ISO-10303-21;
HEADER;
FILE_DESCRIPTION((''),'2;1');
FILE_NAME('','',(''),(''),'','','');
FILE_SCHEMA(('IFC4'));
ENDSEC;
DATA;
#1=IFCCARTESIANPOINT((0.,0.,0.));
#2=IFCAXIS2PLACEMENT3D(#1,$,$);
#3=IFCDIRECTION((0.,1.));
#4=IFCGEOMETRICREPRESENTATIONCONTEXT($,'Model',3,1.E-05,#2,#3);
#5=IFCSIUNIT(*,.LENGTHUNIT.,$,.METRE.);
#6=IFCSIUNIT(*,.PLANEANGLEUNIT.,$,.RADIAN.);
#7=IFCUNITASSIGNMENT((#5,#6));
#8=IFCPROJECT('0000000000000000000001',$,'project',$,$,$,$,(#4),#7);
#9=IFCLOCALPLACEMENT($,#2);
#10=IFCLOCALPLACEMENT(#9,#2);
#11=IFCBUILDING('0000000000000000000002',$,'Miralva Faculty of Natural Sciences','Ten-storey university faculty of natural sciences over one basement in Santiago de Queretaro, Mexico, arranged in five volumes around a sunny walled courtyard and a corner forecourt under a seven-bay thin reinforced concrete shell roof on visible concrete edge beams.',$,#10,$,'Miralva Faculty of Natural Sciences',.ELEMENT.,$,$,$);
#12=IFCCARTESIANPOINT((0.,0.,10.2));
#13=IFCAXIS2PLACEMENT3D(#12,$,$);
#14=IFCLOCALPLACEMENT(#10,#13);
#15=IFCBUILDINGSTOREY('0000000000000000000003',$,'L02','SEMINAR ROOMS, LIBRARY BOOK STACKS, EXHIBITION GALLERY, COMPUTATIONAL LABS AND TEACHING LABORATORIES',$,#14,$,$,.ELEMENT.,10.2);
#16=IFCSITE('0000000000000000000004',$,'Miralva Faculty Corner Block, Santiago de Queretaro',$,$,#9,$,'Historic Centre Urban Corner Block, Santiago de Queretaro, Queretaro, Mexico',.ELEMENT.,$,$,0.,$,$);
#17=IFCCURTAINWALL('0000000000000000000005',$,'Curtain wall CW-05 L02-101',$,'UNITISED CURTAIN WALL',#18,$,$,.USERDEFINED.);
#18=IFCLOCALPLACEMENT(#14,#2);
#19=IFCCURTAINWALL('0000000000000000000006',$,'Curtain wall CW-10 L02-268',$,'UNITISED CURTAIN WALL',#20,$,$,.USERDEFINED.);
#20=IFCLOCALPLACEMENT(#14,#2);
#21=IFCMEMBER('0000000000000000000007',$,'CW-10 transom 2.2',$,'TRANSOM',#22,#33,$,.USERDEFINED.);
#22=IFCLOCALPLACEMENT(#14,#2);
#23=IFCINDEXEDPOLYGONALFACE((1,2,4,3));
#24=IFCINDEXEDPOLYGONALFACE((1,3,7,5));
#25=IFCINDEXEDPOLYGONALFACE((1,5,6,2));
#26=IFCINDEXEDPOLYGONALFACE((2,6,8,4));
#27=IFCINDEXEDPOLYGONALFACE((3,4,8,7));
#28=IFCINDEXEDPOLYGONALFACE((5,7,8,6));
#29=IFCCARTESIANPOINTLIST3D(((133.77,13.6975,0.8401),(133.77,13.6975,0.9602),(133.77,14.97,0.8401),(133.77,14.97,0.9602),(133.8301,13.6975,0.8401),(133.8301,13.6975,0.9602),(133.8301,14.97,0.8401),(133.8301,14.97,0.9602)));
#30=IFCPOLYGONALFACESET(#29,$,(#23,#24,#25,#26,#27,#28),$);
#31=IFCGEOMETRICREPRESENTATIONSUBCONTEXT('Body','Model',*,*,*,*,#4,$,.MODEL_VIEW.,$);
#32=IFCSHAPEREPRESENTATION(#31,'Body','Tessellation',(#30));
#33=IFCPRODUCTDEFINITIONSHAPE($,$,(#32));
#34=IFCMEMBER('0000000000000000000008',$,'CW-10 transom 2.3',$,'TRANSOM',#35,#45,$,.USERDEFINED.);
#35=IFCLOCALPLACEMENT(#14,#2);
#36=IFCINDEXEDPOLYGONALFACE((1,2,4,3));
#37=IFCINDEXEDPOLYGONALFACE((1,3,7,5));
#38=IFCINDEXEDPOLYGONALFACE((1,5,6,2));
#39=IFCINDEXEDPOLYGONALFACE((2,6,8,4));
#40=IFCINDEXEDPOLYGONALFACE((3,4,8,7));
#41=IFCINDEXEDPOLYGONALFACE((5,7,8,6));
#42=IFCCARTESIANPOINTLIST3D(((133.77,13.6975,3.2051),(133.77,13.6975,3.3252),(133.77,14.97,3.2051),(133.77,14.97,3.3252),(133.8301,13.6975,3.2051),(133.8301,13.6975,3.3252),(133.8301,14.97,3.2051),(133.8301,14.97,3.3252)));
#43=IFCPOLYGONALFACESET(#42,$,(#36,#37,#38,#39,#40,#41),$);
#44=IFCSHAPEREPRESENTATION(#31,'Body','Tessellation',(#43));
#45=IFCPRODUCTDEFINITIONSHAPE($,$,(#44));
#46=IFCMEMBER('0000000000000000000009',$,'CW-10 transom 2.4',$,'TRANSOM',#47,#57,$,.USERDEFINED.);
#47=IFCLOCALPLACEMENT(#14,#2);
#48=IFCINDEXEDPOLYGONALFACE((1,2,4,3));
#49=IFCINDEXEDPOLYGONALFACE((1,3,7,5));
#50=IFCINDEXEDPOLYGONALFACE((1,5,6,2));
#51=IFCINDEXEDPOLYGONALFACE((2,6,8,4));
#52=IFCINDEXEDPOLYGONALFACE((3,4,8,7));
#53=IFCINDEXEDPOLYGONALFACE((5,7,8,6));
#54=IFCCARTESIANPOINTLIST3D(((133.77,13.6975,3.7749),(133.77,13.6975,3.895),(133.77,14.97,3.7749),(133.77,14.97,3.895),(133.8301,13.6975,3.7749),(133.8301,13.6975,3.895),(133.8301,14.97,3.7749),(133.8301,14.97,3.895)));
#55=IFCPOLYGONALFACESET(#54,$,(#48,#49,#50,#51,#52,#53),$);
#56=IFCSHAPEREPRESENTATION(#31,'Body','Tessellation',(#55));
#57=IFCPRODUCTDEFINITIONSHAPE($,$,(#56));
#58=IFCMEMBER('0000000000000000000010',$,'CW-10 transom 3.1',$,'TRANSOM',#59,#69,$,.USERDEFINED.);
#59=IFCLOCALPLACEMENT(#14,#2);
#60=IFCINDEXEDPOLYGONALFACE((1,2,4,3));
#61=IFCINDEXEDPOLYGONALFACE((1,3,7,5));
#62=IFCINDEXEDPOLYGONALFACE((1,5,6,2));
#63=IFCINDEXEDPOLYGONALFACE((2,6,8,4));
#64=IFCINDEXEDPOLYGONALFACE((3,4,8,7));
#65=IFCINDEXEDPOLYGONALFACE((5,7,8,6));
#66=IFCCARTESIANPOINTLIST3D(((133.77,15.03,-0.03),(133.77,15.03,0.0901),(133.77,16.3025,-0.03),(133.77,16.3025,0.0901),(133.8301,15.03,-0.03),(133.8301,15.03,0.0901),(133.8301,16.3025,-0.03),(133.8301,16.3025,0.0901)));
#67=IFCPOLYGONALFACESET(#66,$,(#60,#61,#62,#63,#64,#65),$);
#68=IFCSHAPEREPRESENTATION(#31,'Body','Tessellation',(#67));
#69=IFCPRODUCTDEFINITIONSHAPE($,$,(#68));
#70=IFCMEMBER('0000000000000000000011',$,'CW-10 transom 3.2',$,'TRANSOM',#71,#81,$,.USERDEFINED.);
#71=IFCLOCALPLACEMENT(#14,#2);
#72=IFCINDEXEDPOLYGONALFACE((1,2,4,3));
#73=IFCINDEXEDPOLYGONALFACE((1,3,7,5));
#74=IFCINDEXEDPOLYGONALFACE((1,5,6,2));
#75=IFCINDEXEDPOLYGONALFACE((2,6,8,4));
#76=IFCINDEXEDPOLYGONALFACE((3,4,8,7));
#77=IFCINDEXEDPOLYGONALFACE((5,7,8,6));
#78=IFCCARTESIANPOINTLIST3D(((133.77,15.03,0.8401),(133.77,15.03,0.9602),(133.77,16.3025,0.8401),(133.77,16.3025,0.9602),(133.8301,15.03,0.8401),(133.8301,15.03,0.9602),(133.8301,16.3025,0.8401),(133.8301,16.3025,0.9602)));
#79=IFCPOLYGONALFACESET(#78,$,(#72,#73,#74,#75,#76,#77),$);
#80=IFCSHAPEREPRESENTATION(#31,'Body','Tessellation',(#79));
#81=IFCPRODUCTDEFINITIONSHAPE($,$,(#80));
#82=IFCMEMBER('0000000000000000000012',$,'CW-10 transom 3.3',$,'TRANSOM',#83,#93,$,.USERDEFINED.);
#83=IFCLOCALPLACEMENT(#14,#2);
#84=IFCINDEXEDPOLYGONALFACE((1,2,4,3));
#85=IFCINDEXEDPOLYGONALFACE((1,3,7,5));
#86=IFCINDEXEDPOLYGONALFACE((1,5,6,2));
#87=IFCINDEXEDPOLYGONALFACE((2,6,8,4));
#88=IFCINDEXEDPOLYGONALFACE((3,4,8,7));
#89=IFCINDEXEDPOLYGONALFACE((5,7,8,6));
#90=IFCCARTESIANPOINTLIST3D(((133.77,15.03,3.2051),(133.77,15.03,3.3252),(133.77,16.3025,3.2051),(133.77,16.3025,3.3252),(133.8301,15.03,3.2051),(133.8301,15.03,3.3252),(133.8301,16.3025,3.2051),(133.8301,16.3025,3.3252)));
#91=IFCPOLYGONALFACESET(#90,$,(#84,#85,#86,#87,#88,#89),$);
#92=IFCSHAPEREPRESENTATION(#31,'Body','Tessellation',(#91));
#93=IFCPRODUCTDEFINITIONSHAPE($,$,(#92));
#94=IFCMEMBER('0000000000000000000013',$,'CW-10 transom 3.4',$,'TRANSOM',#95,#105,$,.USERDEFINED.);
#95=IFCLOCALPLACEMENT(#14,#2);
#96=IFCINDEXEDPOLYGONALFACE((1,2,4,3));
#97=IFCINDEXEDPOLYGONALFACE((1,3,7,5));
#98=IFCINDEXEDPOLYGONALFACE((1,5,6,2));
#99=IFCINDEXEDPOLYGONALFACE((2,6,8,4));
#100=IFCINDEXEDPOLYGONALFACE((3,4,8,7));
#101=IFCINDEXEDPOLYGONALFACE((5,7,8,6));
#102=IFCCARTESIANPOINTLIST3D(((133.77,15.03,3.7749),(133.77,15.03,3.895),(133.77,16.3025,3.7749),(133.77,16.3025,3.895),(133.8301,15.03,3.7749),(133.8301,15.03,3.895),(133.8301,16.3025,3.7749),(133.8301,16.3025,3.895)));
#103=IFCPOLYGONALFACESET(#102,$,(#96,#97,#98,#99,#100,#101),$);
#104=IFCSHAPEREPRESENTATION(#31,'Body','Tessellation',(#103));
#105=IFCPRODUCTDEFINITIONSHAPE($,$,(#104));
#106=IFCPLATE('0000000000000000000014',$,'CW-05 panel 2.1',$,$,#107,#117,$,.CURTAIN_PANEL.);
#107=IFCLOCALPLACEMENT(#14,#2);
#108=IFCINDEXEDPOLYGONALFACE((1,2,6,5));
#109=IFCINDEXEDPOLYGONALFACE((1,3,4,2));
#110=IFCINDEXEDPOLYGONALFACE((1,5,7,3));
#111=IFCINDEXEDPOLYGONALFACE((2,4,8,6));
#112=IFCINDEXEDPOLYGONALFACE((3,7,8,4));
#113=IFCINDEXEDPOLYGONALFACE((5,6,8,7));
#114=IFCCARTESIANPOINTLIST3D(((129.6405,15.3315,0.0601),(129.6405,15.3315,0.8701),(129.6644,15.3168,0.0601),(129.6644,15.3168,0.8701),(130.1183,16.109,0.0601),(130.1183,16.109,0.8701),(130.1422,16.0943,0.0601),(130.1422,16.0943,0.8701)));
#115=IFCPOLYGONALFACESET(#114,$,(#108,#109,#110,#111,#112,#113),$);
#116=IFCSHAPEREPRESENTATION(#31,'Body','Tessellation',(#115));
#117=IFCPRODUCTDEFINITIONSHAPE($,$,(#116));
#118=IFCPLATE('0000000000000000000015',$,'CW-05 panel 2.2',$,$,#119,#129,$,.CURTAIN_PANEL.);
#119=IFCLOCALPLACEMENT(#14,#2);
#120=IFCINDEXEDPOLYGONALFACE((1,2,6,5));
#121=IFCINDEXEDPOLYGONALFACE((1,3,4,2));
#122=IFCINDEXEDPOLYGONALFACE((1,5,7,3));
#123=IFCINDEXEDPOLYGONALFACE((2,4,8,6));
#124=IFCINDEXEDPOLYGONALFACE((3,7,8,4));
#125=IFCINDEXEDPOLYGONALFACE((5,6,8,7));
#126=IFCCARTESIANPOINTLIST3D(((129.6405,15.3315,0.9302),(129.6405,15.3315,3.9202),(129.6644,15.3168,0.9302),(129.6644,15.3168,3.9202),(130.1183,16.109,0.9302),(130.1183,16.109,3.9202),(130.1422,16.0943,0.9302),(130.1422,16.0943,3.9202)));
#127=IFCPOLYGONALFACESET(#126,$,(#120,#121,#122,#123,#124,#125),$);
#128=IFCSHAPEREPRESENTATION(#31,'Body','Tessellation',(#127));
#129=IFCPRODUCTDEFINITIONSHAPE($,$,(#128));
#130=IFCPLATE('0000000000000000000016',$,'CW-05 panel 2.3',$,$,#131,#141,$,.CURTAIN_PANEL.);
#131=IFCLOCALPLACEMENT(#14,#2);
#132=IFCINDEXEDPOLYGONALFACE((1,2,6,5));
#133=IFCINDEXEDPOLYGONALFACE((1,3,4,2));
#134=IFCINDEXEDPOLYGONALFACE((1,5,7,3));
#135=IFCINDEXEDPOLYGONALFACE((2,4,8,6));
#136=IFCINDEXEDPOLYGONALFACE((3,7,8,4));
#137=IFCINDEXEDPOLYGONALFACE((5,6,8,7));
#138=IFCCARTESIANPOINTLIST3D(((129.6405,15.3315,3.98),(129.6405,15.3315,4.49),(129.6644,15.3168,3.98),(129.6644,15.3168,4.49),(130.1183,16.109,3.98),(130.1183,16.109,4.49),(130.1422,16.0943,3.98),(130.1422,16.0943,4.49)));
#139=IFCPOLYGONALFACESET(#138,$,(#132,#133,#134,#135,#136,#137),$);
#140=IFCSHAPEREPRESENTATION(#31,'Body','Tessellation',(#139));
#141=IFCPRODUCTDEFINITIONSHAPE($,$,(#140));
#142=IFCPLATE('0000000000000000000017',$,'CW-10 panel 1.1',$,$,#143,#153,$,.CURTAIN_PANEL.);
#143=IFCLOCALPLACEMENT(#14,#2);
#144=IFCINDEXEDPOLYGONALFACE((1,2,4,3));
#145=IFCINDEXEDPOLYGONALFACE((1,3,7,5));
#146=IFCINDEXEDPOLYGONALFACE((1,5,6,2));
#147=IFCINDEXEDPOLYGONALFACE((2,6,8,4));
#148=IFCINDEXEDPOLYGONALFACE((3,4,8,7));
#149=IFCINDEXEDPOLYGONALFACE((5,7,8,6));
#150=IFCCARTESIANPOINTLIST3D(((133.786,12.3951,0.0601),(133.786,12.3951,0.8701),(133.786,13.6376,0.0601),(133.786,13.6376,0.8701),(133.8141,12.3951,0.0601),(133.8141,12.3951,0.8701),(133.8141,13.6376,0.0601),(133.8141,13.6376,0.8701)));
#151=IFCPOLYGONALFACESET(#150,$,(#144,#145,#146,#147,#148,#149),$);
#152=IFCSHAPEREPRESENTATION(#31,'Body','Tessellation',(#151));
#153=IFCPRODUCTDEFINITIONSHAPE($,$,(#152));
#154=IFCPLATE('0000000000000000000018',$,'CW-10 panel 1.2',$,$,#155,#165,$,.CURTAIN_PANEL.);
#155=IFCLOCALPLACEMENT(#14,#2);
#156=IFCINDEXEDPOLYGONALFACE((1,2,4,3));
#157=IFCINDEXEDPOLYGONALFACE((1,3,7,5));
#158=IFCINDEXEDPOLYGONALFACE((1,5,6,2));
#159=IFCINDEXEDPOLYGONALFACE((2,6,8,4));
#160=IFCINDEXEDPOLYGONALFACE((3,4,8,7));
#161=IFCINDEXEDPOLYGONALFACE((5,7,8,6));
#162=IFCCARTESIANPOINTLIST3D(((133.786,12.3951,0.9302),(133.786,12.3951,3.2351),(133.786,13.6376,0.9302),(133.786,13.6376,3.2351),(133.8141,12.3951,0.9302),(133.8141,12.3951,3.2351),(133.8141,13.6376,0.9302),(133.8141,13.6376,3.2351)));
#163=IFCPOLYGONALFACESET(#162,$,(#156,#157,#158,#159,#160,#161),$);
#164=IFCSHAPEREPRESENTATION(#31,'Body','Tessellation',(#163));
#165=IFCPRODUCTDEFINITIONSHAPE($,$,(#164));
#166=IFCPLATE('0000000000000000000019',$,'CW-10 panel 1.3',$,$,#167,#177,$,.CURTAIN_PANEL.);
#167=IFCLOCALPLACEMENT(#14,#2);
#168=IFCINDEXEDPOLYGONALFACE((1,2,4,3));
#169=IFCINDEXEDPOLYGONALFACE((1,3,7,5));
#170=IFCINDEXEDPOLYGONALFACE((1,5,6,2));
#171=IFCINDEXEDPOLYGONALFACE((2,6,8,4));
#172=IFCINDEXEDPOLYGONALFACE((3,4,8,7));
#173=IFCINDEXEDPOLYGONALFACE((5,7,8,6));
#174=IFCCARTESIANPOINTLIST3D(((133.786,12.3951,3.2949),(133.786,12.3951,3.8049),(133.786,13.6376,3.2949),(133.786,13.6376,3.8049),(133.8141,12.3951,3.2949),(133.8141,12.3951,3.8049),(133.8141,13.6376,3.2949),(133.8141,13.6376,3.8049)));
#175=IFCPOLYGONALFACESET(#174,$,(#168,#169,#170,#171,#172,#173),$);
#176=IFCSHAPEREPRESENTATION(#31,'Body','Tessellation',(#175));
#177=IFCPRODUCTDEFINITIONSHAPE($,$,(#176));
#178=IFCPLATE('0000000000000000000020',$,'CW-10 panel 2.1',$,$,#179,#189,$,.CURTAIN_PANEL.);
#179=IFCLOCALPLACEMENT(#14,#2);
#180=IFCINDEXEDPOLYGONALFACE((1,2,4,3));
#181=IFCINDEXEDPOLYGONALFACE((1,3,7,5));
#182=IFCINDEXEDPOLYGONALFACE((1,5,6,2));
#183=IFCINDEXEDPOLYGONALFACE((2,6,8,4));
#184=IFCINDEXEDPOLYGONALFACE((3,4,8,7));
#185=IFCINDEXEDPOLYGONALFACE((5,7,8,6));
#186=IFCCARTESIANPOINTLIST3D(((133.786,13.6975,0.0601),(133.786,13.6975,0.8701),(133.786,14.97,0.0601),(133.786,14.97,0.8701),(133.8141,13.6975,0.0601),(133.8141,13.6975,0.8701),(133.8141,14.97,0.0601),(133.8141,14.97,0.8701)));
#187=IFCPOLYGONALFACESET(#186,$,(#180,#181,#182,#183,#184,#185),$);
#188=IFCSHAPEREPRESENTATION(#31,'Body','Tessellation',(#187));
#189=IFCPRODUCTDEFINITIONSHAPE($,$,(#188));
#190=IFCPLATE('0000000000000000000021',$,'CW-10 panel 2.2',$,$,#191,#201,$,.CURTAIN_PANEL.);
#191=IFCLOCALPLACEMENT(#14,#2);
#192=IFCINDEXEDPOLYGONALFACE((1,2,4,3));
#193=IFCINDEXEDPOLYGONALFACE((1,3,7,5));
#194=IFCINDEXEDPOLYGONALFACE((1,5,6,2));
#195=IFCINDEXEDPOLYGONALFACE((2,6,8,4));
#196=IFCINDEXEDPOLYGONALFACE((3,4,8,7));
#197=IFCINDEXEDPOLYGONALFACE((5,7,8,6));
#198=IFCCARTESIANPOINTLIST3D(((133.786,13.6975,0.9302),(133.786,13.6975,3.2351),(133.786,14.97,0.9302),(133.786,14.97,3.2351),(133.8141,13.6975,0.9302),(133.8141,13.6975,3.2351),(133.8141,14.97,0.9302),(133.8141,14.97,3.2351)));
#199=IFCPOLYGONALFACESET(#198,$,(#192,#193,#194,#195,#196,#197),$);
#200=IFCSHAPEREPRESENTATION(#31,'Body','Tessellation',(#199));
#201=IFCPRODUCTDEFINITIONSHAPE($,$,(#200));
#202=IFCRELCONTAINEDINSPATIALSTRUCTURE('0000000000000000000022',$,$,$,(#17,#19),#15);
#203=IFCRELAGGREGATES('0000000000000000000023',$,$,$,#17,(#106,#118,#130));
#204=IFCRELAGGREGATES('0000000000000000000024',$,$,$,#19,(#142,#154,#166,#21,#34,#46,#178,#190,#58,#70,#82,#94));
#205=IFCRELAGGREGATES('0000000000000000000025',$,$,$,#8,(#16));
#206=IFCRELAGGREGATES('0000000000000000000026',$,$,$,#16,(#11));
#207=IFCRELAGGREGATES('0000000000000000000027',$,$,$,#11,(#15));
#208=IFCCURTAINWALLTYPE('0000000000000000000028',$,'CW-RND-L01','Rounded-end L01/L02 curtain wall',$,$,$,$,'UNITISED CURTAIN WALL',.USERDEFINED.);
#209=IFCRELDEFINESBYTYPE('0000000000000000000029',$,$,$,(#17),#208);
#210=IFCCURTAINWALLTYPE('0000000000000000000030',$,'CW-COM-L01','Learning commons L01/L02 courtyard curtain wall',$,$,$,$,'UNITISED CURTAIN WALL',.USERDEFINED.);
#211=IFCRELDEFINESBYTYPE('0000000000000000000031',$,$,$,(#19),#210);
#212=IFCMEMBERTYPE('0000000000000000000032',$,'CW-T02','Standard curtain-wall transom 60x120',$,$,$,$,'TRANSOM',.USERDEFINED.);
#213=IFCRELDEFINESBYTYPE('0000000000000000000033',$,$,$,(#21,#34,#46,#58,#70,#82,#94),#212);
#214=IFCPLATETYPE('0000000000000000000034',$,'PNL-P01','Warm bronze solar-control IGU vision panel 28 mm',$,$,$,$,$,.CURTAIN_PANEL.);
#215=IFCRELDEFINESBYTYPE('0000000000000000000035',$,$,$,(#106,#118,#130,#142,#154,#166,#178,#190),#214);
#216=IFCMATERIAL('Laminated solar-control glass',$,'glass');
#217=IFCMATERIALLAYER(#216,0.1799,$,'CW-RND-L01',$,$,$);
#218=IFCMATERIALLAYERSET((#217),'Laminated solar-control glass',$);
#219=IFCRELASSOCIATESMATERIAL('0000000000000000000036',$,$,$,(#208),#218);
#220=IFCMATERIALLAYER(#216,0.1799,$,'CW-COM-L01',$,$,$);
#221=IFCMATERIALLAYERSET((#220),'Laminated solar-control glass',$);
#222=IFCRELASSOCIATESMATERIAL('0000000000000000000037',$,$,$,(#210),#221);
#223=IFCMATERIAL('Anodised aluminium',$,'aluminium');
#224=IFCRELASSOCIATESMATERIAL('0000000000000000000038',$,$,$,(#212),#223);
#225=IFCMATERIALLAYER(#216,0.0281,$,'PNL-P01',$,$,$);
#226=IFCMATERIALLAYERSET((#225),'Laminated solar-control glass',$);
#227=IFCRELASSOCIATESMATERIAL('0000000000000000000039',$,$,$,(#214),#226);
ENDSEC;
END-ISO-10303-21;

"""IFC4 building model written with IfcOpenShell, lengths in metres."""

from ifc_helpers import new_model, si_unit, direction, frame, origin, origin_2d, place, context, subcontext, project, spatial, rectangle, extrude, material, layer, layer_set, material_profile, profile_set, type_object, element, aggregate, save


model = new_model("IFC4")

# Units and contexts
model_context = context("Model", 3, precision=1e-05, world=origin(), true_north=direction((0.0, 1.0)))
body_context = subcontext(model_context, "Body", "Model", "MODEL_VIEW")
ifc_project = project(units=[si_unit("LENGTHUNIT", "METRE"), si_unit("PLANEANGLEUNIT", "RADIAN")], contexts=[model_context])

# Site, building, storey
site_placement = place(None, origin())
site = spatial("IfcSite", under=ifc_project, at=site_placement, Name="Miralva Faculty Corner Block, Santiago de Queretaro", LongName="Historic Centre Urban Corner Block, Santiago de Queretaro, Queretaro, Mexico", CompositionType="ELEMENT", RefElevation=0.0)
building_placement = place(site_placement, origin())
building = spatial("IfcBuilding", under=site, at=building_placement, Name="Miralva Faculty of Natural Sciences", Description="Ten-storey university faculty of natural sciences over one basement in Santiago de Queretaro, Mexico, arranged in five volumes around a sunny walled courtyard and a corner forecourt under a seven-bay thin reinforced concrete shell roof on visible concrete edge beams.", LongName="Miralva Faculty of Natural Sciences", CompositionType="ELEMENT")
storey_placement = place(building_placement, frame((0.0, 0.0, 10.2)))
storey = spatial("IfcBuildingStorey", under=building, at=storey_placement, Name="L02", Description="SEMINAR ROOMS, LIBRARY BOOK STACKS, EXHIBITION GALLERY, COMPUTATIONAL LABS AND TEACHING LABORATORIES", CompositionType="ELEMENT", Elevation=10.2)

# Curtain wall
ifc_material_1 = material(Name="Laminated solar-control glass", Category="glass")
ifc_layer_1 = layer(ifc_material_1, 0.1799, Name="CW-RND-L01")
ifc_layer_set_1 = layer_set([ifc_layer_1], Name="Laminated solar-control glass")
curtain_wall_type_1 = type_object("IfcCurtainWallType", Name="CW-RND-L01", Description="Rounded-end L01/L02 curtain wall", ElementType="UNITISED CURTAIN WALL", PredefinedType="USERDEFINED", material=ifc_layer_set_1)
curtain_wall_1_placement = place(storey_placement, origin())
curtain_wall_1 = element("IfcCurtainWall", 1, at=curtain_wall_1_placement, inside=storey, type_object=curtain_wall_type_1, Name="Curtain wall CW-05 L02-101", ObjectType="UNITISED CURTAIN WALL", PredefinedType="USERDEFINED")
ifc_material_2 = material(Name="Anodised aluminium", Category="aluminium")

# Curtain wall
ifc_layer_2 = layer(ifc_material_1, 0.1799, Name="CW-COM-L01")
ifc_layer_set_2 = layer_set([ifc_layer_2], Name="Laminated solar-control glass")
curtain_wall_type_2 = type_object("IfcCurtainWallType", Name="CW-COM-L01", Description="Learning commons L01/L02 courtyard curtain wall", ElementType="UNITISED CURTAIN WALL", PredefinedType="USERDEFINED", material=ifc_layer_set_2)
curtain_wall_2_placement = place(storey_placement, origin())
curtain_wall_2 = element("IfcCurtainWall", 2, at=curtain_wall_2_placement, inside=storey, type_object=curtain_wall_type_2, Name="Curtain wall CW-10 L02-268", ObjectType="UNITISED CURTAIN WALL", PredefinedType="USERDEFINED")

# Members
ifc_material_profile_1 = material_profile(ifc_material_2, rectangle(XDim=0.0601, YDim=0.1201, at=origin_2d()), Name="TRANSOM 60x120")
ifc_profile_set_1 = profile_set([ifc_material_profile_1], Name="Anodised aluminium")
member_type_1 = type_object("IfcMemberType", Name="CW-T02", Description="Standard curtain-wall transom 60x120", ElementType="TRANSOM", PredefinedType="USERDEFINED", material=ifc_profile_set_1)
member_1_placement = place(storey_placement, frame((133.8, 13.6975, 0.9001), z_axis=(0.0, 1.0, 0.0), x_axis=(-1.0, 0.0, 0.0)))
member_1 = element("IfcMember", 3, at=member_1_placement, type_object=member_type_1, Name="CW-10 transom 2.2", ObjectType="TRANSOM", PredefinedType="USERDEFINED", context=body_context, shape_type="SweptSolid", body=[
    extrude(rectangle(XDim=0.0601, YDim=0.1201, at=origin_2d()), origin(), (0.0, 0.0, 1.0), 1.2725),
])
member_2_placement = place(storey_placement, frame((133.8, 13.6975, 3.2651), z_axis=(0.0, 1.0, 0.0), x_axis=(-1.0, 0.0, 0.0)))
member_2 = element("IfcMember", 4, at=member_2_placement, type_object=member_type_1, Name="CW-10 transom 2.3", ObjectType="TRANSOM", PredefinedType="USERDEFINED", context=body_context, shape_type="SweptSolid", body=[
    extrude(rectangle(XDim=0.0601, YDim=0.1201, at=origin_2d()), origin(), (0.0, 0.0, 1.0), 1.2725),
])
member_3_placement = place(storey_placement, frame((133.8, 13.6975, 3.835), z_axis=(0.0, 1.0, 0.0), x_axis=(-1.0, 0.0, 0.0)))
member_3 = element("IfcMember", 5, at=member_3_placement, type_object=member_type_1, Name="CW-10 transom 2.4", ObjectType="TRANSOM", PredefinedType="USERDEFINED", context=body_context, shape_type="SweptSolid", body=[
    extrude(rectangle(XDim=0.0601, YDim=0.1201, at=origin_2d()), origin(), (0.0, 0.0, 1.0), 1.2725),
])
member_4_placement = place(storey_placement, frame((133.8, 15.03, 0.03), z_axis=(0.0, 1.0, 0.0), x_axis=(-1.0, 0.0, 0.0)))
member_4 = element("IfcMember", 6, at=member_4_placement, type_object=member_type_1, Name="CW-10 transom 3.1", ObjectType="TRANSOM", PredefinedType="USERDEFINED", context=body_context, shape_type="SweptSolid", body=[
    extrude(rectangle(XDim=0.0601, YDim=0.1201, at=origin_2d()), origin(), (0.0, 0.0, 1.0), 1.2725),
])
member_5_placement = place(storey_placement, frame((133.8, 15.03, 0.9001), z_axis=(0.0, 1.0, 0.0), x_axis=(-1.0, 0.0, 0.0)))
member_5 = element("IfcMember", 7, at=member_5_placement, type_object=member_type_1, Name="CW-10 transom 3.2", ObjectType="TRANSOM", PredefinedType="USERDEFINED", context=body_context, shape_type="SweptSolid", body=[
    extrude(rectangle(XDim=0.0601, YDim=0.1201, at=origin_2d()), origin(), (0.0, 0.0, 1.0), 1.2725),
])
member_6_placement = place(storey_placement, frame((133.8, 15.03, 3.2651), z_axis=(0.0, 1.0, 0.0), x_axis=(-1.0, 0.0, 0.0)))
member_6 = element("IfcMember", 8, at=member_6_placement, type_object=member_type_1, Name="CW-10 transom 3.3", ObjectType="TRANSOM", PredefinedType="USERDEFINED", context=body_context, shape_type="SweptSolid", body=[
    extrude(rectangle(XDim=0.0601, YDim=0.1201, at=origin_2d()), origin(), (0.0, 0.0, 1.0), 1.2725),
])
member_7_placement = place(storey_placement, frame((133.8, 15.03, 3.835), z_axis=(0.0, 1.0, 0.0), x_axis=(-1.0, 0.0, 0.0)))
member_7 = element("IfcMember", 9, at=member_7_placement, type_object=member_type_1, Name="CW-10 transom 3.4", ObjectType="TRANSOM", PredefinedType="USERDEFINED", context=body_context, shape_type="SweptSolid", body=[
    extrude(rectangle(XDim=0.0601, YDim=0.1201, at=origin_2d()), origin(), (0.0, 0.0, 1.0), 1.2725),
])

# Plates
ifc_layer_3 = layer(ifc_material_1, 0.0281, Name="PNL-P01")
ifc_layer_set_3 = layer_set([ifc_layer_3], Name="Laminated solar-control glass")
plate_type = type_object("IfcPlateType", Name="PNL-P01", Description="Warm bronze solar-control IGU vision panel 28 mm", PredefinedType="CURTAIN_PANEL", material=ifc_layer_set_3)
plate_1_placement = place(storey_placement, frame((129.8914, 15.7129, 0.0601), z_axis=(0.0, 0.0, 1.0), x_axis=(0.523551, 0.851995, 0.0)))
plate_1 = element("IfcPlate", 10, at=plate_1_placement, type_object=plate_type, Name="CW-05 panel 2.1", PredefinedType="CURTAIN_PANEL", context=body_context, shape_type="SweptSolid", body=[
    extrude(rectangle(XDim=0.9126, YDim=0.0281, at=origin_2d()), origin(), (0.0, 0.0, 1.0), 0.8101),
])
plate_2_placement = place(storey_placement, frame((129.8914, 15.7129, 0.9302), z_axis=(0.0, 0.0, 1.0), x_axis=(0.523551, 0.851995, 0.0)))
plate_2 = element("IfcPlate", 11, at=plate_2_placement, type_object=plate_type, Name="CW-05 panel 2.2", PredefinedType="CURTAIN_PANEL", context=body_context, shape_type="SweptSolid", body=[
    extrude(rectangle(XDim=0.9126, YDim=0.0281, at=origin_2d()), origin(), (0.0, 0.0, 1.0), 2.99),
])
plate_3_placement = place(storey_placement, frame((129.8914, 15.7129, 3.98), z_axis=(0.0, 0.0, 1.0), x_axis=(0.523551, 0.851995, 0.0)))
plate_3 = element("IfcPlate", 12, at=plate_3_placement, type_object=plate_type, Name="CW-05 panel 2.3", PredefinedType="CURTAIN_PANEL", context=body_context, shape_type="SweptSolid", body=[
    extrude(rectangle(XDim=0.9126, YDim=0.0281, at=origin_2d()), origin(), (0.0, 0.0, 1.0), 0.51),
])
aggregate(curtain_wall_1, [plate_1, plate_2, plate_3])
plate_4_placement = place(storey_placement, frame((133.8, 13.0164, 0.0601), z_axis=(0.0, 0.0, 1.0), x_axis=(0.0, 1.0, 0.0)))
plate_4 = element("IfcPlate", 13, at=plate_4_placement, type_object=plate_type, Name="CW-10 panel 1.1", PredefinedType="CURTAIN_PANEL", context=body_context, shape_type="SweptSolid", body=[
    extrude(rectangle(XDim=1.2424, YDim=0.0281, at=origin_2d()), origin(), (0.0, 0.0, 1.0), 0.8101),
])
plate_5_placement = place(storey_placement, frame((133.8, 13.0164, 0.9302), z_axis=(0.0, 0.0, 1.0), x_axis=(0.0, 1.0, 0.0)))
plate_5 = element("IfcPlate", 14, at=plate_5_placement, type_object=plate_type, Name="CW-10 panel 1.2", PredefinedType="CURTAIN_PANEL", context=body_context, shape_type="SweptSolid", body=[
    extrude(rectangle(XDim=1.2424, YDim=0.0281, at=origin_2d()), origin(), (0.0, 0.0, 1.0), 2.3049),
])
plate_6_placement = place(storey_placement, frame((133.8, 13.0164, 3.2949), z_axis=(0.0, 0.0, 1.0), x_axis=(0.0, 1.0, 0.0)))
plate_6 = element("IfcPlate", 15, at=plate_6_placement, type_object=plate_type, Name="CW-10 panel 1.3", PredefinedType="CURTAIN_PANEL", context=body_context, shape_type="SweptSolid", body=[
    extrude(rectangle(XDim=1.2424, YDim=0.0281, at=origin_2d()), origin(), (0.0, 0.0, 1.0), 0.51),
])
plate_7_placement = place(storey_placement, frame((133.8, 14.3337, 0.0601), z_axis=(0.0, 0.0, 1.0), x_axis=(0.0, 1.0, 0.0)))
plate_7 = element("IfcPlate", 16, at=plate_7_placement, type_object=plate_type, Name="CW-10 panel 2.1", PredefinedType="CURTAIN_PANEL", context=body_context, shape_type="SweptSolid", body=[
    extrude(rectangle(XDim=1.2725, YDim=0.0281, at=origin_2d()), origin(), (0.0, 0.0, 1.0), 0.8101),
])
plate_8_placement = place(storey_placement, frame((133.8, 14.3337, 0.9302), z_axis=(0.0, 0.0, 1.0), x_axis=(0.0, 1.0, 0.0)))
plate_8 = element("IfcPlate", 17, at=plate_8_placement, type_object=plate_type, Name="CW-10 panel 2.2", PredefinedType="CURTAIN_PANEL", context=body_context, shape_type="SweptSolid", body=[
    extrude(rectangle(XDim=1.2725, YDim=0.0281, at=origin_2d()), origin(), (0.0, 0.0, 1.0), 2.3049),
])
aggregate(curtain_wall_2, [plate_4, plate_5, plate_6, member_1, member_2, member_3, plate_7, plate_8, member_4, member_5, member_6, member_7])

save(model, "model.ifc")
